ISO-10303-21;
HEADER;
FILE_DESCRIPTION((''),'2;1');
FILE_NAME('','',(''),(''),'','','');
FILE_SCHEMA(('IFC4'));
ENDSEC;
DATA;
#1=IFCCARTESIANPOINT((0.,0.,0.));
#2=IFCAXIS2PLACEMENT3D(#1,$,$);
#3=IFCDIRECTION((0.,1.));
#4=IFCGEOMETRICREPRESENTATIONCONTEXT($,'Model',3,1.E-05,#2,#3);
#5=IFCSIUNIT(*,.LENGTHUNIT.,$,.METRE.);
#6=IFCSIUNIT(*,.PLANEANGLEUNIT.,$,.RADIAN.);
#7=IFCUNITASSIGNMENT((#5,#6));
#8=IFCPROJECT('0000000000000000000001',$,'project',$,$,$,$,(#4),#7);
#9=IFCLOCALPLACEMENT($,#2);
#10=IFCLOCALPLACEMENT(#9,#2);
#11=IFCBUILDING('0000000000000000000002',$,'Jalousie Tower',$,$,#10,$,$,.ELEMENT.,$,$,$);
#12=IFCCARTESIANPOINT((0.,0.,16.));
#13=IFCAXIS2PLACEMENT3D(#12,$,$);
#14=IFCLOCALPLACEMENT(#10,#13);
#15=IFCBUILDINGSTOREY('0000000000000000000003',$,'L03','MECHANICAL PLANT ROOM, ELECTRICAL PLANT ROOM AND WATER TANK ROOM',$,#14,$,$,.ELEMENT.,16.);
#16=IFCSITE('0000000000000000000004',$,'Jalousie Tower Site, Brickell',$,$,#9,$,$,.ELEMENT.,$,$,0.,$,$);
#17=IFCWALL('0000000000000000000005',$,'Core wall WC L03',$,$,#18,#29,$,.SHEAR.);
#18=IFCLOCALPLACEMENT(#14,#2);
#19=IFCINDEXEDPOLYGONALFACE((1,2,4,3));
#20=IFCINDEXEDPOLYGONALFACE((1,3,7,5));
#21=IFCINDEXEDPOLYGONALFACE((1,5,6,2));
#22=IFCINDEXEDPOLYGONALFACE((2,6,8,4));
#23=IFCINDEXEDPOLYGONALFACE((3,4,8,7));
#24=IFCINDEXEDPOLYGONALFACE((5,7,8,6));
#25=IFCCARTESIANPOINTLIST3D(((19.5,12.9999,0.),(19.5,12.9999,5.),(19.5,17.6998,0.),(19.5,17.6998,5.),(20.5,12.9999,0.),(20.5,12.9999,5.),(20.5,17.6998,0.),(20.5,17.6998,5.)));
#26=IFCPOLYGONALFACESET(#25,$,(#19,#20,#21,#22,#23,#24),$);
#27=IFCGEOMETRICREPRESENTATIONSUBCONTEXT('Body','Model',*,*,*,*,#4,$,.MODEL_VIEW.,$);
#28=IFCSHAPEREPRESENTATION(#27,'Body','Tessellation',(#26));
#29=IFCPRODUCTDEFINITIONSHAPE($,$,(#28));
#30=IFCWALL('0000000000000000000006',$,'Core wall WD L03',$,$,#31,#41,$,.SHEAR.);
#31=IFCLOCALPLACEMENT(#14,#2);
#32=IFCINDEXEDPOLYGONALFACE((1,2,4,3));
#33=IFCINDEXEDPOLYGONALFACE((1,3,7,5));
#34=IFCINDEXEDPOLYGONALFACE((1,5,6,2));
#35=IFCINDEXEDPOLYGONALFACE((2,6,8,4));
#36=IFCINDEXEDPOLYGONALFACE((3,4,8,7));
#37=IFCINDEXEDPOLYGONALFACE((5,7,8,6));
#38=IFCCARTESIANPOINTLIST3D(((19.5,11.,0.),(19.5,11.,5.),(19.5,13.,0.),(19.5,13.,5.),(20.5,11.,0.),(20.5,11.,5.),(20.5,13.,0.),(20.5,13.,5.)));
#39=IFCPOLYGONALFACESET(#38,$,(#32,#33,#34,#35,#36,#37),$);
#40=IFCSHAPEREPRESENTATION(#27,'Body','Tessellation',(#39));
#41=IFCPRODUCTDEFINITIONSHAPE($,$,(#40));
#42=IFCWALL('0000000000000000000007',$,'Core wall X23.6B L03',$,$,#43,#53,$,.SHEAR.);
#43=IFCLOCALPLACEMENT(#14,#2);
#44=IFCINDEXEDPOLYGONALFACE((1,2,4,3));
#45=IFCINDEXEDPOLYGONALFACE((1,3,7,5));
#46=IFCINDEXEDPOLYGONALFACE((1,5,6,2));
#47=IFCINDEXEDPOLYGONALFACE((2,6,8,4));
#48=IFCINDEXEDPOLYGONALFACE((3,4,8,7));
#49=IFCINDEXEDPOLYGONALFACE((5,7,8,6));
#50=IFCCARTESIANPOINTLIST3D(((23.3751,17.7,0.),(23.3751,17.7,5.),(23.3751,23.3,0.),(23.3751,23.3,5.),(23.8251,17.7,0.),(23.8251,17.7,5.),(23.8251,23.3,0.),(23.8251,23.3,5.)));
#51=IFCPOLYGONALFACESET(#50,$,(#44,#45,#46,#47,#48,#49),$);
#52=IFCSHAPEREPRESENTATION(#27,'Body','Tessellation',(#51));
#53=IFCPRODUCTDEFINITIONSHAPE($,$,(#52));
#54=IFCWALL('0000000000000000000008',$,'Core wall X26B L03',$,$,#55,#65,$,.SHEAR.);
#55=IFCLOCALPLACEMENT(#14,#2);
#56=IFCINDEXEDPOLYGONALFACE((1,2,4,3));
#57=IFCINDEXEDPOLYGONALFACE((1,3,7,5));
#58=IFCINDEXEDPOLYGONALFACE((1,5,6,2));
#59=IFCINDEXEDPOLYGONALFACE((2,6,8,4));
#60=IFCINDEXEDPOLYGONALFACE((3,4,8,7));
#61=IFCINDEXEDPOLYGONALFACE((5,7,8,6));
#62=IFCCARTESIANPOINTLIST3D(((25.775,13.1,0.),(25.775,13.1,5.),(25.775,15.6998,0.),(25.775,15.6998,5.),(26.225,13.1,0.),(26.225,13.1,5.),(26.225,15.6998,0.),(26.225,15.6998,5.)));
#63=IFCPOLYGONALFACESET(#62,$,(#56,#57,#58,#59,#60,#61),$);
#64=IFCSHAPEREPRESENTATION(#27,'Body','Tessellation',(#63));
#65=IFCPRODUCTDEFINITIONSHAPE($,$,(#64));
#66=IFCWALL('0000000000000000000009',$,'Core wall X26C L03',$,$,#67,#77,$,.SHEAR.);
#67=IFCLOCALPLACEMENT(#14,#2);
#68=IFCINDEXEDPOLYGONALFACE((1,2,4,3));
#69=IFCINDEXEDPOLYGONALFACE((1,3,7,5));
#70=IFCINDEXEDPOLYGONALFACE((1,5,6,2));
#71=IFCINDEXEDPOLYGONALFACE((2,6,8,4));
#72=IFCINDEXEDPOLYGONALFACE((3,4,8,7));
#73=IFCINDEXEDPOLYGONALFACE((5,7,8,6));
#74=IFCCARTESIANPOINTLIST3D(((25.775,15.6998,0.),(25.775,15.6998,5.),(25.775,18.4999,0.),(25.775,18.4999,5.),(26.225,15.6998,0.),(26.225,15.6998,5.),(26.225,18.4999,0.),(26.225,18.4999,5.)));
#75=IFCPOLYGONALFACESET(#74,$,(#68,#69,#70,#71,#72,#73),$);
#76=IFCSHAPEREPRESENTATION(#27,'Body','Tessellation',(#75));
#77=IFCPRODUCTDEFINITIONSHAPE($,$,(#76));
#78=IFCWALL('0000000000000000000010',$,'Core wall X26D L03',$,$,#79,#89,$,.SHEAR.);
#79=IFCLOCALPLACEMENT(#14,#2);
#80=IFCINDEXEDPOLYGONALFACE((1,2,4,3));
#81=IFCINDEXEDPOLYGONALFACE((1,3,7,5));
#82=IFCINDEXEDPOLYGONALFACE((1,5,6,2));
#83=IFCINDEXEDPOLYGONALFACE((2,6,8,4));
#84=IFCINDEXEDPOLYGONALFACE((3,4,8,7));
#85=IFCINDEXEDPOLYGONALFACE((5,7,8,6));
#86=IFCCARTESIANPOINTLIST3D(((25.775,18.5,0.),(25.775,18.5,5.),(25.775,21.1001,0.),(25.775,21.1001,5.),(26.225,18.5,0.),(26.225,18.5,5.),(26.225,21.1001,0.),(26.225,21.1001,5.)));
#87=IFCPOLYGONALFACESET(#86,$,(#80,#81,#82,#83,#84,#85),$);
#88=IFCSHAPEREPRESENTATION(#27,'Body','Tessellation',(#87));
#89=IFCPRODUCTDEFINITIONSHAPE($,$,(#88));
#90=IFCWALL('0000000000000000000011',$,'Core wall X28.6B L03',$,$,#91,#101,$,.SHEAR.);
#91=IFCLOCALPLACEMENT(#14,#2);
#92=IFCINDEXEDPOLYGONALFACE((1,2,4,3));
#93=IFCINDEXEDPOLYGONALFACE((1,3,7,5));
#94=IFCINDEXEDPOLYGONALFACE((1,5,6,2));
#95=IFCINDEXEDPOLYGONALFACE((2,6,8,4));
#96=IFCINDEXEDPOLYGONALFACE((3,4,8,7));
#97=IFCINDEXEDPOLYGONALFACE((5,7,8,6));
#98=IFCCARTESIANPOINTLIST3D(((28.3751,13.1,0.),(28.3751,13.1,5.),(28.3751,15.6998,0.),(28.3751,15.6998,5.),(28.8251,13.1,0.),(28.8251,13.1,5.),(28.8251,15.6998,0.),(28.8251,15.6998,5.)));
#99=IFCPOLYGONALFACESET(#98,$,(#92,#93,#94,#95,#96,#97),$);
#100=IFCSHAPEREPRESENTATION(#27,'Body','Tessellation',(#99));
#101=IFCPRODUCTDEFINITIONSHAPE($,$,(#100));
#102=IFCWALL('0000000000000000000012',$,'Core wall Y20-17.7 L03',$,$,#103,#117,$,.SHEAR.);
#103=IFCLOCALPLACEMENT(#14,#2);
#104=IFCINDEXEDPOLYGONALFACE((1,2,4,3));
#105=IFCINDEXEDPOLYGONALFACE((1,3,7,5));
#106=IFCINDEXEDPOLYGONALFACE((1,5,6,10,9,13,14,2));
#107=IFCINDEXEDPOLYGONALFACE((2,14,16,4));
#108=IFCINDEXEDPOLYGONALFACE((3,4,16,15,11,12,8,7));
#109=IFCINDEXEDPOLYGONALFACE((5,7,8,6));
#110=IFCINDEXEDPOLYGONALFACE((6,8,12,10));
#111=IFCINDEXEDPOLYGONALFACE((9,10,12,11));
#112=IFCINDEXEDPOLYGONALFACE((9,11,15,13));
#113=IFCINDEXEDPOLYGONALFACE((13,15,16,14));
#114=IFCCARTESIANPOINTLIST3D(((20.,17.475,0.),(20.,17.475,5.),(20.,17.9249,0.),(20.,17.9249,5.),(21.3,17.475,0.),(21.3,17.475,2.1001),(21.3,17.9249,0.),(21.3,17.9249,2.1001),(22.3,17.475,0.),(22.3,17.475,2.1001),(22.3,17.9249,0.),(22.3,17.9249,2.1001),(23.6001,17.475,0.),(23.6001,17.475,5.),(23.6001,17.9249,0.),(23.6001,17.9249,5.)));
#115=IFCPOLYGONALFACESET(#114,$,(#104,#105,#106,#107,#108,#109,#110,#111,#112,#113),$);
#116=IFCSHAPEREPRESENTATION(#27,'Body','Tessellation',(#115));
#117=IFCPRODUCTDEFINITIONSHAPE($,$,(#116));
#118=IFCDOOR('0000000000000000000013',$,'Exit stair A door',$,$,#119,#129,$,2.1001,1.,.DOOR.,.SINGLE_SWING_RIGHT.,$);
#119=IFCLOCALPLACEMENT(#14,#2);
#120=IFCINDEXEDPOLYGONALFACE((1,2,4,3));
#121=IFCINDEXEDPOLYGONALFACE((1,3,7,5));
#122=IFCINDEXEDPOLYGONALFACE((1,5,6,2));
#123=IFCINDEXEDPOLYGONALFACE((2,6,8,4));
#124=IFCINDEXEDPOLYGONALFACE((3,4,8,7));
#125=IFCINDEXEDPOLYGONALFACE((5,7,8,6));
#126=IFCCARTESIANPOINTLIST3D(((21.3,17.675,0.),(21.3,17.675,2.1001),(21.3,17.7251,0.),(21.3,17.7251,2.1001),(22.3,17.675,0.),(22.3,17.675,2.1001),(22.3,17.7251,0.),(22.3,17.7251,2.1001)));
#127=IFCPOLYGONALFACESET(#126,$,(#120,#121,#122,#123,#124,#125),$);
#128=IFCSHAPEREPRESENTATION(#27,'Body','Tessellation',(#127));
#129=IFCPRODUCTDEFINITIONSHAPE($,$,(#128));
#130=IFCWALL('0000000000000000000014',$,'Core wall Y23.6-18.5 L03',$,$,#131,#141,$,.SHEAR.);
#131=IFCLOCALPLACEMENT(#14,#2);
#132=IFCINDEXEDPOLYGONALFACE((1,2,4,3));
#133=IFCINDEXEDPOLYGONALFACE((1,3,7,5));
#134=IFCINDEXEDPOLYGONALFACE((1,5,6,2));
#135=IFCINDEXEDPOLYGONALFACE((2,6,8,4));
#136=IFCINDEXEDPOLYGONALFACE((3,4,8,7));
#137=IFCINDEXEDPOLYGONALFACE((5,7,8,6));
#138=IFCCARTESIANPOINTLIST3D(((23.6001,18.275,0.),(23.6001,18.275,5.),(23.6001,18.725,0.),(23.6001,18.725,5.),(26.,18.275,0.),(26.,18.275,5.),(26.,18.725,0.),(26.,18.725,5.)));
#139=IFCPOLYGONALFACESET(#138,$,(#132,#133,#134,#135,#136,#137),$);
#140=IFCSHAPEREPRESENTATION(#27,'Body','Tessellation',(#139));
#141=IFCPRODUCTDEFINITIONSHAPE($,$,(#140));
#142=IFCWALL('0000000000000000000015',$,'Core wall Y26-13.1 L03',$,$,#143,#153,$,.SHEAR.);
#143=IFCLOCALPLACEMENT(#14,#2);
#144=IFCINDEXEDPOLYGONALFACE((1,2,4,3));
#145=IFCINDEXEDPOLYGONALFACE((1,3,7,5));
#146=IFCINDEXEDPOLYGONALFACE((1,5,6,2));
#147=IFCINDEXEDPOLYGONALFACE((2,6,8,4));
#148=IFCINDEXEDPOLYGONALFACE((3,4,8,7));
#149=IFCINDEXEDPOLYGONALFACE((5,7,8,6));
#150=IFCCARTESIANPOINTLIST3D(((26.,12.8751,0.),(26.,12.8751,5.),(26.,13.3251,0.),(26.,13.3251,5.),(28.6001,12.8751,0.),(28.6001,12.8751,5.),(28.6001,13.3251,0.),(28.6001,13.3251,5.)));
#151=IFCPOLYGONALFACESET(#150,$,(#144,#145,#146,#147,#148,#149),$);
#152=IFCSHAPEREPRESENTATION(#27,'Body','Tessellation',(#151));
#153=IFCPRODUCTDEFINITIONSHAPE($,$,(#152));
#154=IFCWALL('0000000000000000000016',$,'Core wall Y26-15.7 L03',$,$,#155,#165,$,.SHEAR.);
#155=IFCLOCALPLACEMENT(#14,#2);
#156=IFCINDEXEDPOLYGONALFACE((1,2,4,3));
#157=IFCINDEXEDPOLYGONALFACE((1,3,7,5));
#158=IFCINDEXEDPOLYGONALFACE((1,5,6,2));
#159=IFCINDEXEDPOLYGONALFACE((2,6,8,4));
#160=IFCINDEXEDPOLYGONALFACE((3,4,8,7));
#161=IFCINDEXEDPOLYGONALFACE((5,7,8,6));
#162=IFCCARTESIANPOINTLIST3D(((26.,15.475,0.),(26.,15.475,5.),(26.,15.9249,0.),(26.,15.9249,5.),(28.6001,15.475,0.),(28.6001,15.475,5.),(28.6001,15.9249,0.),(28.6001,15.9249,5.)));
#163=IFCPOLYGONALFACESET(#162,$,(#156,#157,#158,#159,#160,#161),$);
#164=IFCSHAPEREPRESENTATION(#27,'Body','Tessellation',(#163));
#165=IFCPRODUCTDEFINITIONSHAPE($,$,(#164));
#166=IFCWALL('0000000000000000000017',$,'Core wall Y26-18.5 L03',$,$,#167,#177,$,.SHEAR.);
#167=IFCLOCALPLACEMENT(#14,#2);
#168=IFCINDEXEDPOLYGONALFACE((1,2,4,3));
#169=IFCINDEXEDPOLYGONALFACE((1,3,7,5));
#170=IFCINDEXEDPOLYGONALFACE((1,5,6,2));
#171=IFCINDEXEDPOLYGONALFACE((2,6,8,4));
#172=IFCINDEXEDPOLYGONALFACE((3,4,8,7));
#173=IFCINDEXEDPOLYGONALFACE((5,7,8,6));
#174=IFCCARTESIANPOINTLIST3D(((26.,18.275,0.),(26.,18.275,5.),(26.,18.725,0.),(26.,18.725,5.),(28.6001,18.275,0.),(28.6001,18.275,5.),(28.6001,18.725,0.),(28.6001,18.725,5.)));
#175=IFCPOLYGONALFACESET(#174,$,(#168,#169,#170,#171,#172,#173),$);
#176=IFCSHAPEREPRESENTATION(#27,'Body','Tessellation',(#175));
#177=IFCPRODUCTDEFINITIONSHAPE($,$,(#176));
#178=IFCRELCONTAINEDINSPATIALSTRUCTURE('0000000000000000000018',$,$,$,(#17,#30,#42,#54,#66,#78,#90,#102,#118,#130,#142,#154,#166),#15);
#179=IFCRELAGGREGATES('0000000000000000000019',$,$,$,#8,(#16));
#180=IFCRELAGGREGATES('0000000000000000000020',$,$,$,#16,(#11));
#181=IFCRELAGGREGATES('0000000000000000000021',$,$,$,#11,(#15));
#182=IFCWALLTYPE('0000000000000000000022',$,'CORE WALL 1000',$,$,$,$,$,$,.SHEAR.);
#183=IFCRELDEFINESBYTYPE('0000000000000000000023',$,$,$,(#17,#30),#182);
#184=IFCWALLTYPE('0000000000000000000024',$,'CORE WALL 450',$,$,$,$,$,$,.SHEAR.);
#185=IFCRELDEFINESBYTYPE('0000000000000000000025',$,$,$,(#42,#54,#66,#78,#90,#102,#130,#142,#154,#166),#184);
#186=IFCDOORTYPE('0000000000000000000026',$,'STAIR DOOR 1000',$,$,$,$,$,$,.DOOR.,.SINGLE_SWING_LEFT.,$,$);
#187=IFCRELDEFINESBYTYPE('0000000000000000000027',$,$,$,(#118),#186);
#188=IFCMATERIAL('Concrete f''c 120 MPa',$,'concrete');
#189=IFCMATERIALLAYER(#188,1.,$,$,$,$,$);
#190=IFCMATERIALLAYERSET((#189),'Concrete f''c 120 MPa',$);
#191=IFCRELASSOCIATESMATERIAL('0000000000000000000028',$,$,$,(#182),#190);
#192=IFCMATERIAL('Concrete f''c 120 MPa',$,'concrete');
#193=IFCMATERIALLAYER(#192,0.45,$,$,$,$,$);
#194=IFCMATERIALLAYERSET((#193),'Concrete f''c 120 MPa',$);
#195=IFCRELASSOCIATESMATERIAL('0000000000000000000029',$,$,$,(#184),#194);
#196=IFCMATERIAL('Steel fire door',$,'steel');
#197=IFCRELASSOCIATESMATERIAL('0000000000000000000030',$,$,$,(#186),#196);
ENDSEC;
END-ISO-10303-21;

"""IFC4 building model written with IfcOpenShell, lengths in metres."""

from ifc_helpers import new_model, si_unit, direction, frame, frame_2d, origin, place, context, subcontext, project, spatial, rectangle, extrude, material, layer, layer_set, type_object, element, fill, save


model = new_model("IFC4")

# Units and contexts
model_context = context("Model", 3, precision=1e-05, world=origin(), true_north=direction((0.0, 1.0)))
body_context = subcontext(model_context, "Body", "Model", "MODEL_VIEW")
ifc_project = project(units=[si_unit("LENGTHUNIT", "METRE"), si_unit("PLANEANGLEUNIT", "RADIAN")], contexts=[model_context])

# Site, building, storey
site_placement = place(None, origin())
site = spatial("IfcSite", under=ifc_project, at=site_placement, Name="Jalousie Tower Site, Brickell", CompositionType="ELEMENT", RefElevation=0.0)
building_placement = place(site_placement, origin())
building = spatial("IfcBuilding", under=site, at=building_placement, Name="Jalousie Tower", CompositionType="ELEMENT")
storey_placement = place(building_placement, frame((0.0, 0.0, 16.0)))
storey = spatial("IfcBuildingStorey", under=building, at=storey_placement, Name="L03", Description="MECHANICAL PLANT ROOM, ELECTRICAL PLANT ROOM AND WATER TANK ROOM", CompositionType="ELEMENT", Elevation=16.0)

# Walls
ifc_material_1 = material(Name="Concrete f'c 120 MPa", Category="concrete")
ifc_layer_1 = layer(ifc_material_1, 1.0)
ifc_layer_set_1 = layer_set([ifc_layer_1], Name="Concrete f'c 120 MPa")
wall_type_1 = type_object("IfcWallType", Name="CORE WALL 1000", PredefinedType="SHEAR", material=ifc_layer_set_1)
wall_1_placement = place(storey_placement, frame((20.0, 17.7, 0.0), z_axis=(0.0, 0.0, 1.0), x_axis=(0.0, -1.0, 0.0)))
element("IfcWall", 1, at=wall_1_placement, inside=storey, type_object=wall_type_1, Name="Core wall WC L03", PredefinedType="SHEAR", context=body_context, shape_type="SweptSolid", body=[
    extrude(rectangle(XDim=4.7, YDim=1.0, at=frame_2d((2.3501, 0.0))), origin(), (0.0, 0.0, 1.0), 5.0),
])
wall_2_placement = place(storey_placement, frame((20.0, 13.0, 0.0), z_axis=(0.0, 0.0, 1.0), x_axis=(0.0, -1.0, 0.0)))
element("IfcWall", 2, at=wall_2_placement, inside=storey, type_object=wall_type_1, Name="Core wall WD L03", PredefinedType="SHEAR", context=body_context, shape_type="SweptSolid", body=[
    extrude(rectangle(XDim=2.0, YDim=1.0, at=frame_2d((1.0, 0.0))), origin(), (0.0, 0.0, 1.0), 5.0),
])
ifc_material_2 = material(Name="Concrete f'c 120 MPa", Category="concrete")
ifc_layer_2 = layer(ifc_material_2, 0.45)
ifc_layer_set_2 = layer_set([ifc_layer_2], Name="Concrete f'c 120 MPa")
wall_type_2 = type_object("IfcWallType", Name="CORE WALL 450", PredefinedType="SHEAR", material=ifc_layer_set_2)
wall_3_placement = place(storey_placement, frame((23.6001, 17.7, 0.0), z_axis=(0.0, 0.0, 1.0), x_axis=(0.0, 1.0, 0.0)))
element("IfcWall", 3, at=wall_3_placement, inside=storey, type_object=wall_type_2, Name="Core wall X23.6B L03", PredefinedType="SHEAR", context=body_context, shape_type="SweptSolid", body=[
    extrude(rectangle(XDim=5.6001, YDim=0.45, at=frame_2d((2.8, 0.0))), origin(), (0.0, 0.0, 1.0), 5.0),
])
wall_4_placement = place(storey_placement, frame((26.0, 13.1001, 0.0), z_axis=(0.0, 0.0, 1.0), x_axis=(0.0, 1.0, 0.0)))
element("IfcWall", 4, at=wall_4_placement, inside=storey, type_object=wall_type_2, Name="Core wall X26B L03", PredefinedType="SHEAR", context=body_context, shape_type="SweptSolid", body=[
    extrude(rectangle(XDim=2.5999, YDim=0.45, at=frame_2d((1.2998, 0.0))), origin(), (0.0, 0.0, 1.0), 5.0),
])
wall_5_placement = place(storey_placement, frame((26.0, 15.7, 0.0), z_axis=(0.0, 0.0, 1.0), x_axis=(0.0, 1.0, 0.0)))
element("IfcWall", 5, at=wall_5_placement, inside=storey, type_object=wall_type_2, Name="Core wall X26C L03", PredefinedType="SHEAR", context=body_context, shape_type="SweptSolid", body=[
    extrude(rectangle(XDim=2.8, YDim=0.45, at=frame_2d((1.3999, 0.0))), origin(), (0.0, 0.0, 1.0), 5.0),
])
wall_6_placement = place(storey_placement, frame((26.0, 18.5, 0.0), z_axis=(0.0, 0.0, 1.0), x_axis=(0.0, 1.0, 0.0)))
element("IfcWall", 6, at=wall_6_placement, inside=storey, type_object=wall_type_2, Name="Core wall X26D L03", PredefinedType="SHEAR", context=body_context, shape_type="SweptSolid", body=[
    extrude(rectangle(XDim=2.6001, YDim=0.45, at=frame_2d((1.3, 0.0))), origin(), (0.0, 0.0, 1.0), 5.0),
])
wall_7_placement = place(storey_placement, frame((28.6001, 13.1001, 0.0), z_axis=(0.0, 0.0, 1.0), x_axis=(0.0, 1.0, 0.0)))
element("IfcWall", 7, at=wall_7_placement, inside=storey, type_object=wall_type_2, Name="Core wall X28.6B L03", PredefinedType="SHEAR", context=body_context, shape_type="SweptSolid", body=[
    extrude(rectangle(XDim=2.5999, YDim=0.45, at=frame_2d((1.2998, 0.0))), origin(), (0.0, 0.0, 1.0), 5.0),
])

# Wall, opening, door
wall_8_placement = place(storey_placement, frame((20.0, 17.7, 0.0), z_axis=(0.0, 0.0, 1.0), x_axis=(1.0, 0.0, 0.0)))
wall_8 = element("IfcWall", 8, at=wall_8_placement, inside=storey, type_object=wall_type_2, Name="Core wall Y20-17.7 L03", PredefinedType="SHEAR", context=body_context, shape_type="SweptSolid", body=[
    extrude(rectangle(XDim=3.6001, YDim=0.45, at=frame_2d((1.8, 0.0))), origin(), (0.0, 0.0, 1.0), 5.0),
])
opening_placement = place(wall_8_placement, frame((1.3, 0.0, 0.0)))
opening = element("IfcOpeningElement", 9, at=opening_placement, cuts=wall_8, PredefinedType="OPENING", context=body_context, shape_type="SweptSolid", body=[
    extrude(rectangle(XDim=1.0, YDim=2.1001, at=frame_2d((0.5, 1.05))), frame((0.0, 0.2349, 0.0), z_axis=(0.0, -1.0, 0.0), x_axis=(1.0, 0.0, 0.0)), (0.0, 0.0, 1.0), 0.47),
])
ifc_material_3 = material(Name="Steel fire door", Category="steel")
door_type = type_object("IfcDoorType", Name="STAIR DOOR 1000", OperationType="SINGLE_SWING_LEFT", PredefinedType="DOOR", material=ifc_material_3)
door_placement = place(opening_placement, frame((1.0, 0.0, 0.0), z_axis=(0.0, 0.0, 1.0), x_axis=(-1.0, 0.0, 0.0)))
door = element("IfcDoor", 10, at=door_placement, inside=storey, type_object=door_type, Name="Exit stair A door", OperationType="SINGLE_SWING_RIGHT", OverallHeight=2.1001, OverallWidth=1.0, PredefinedType="DOOR", context=body_context, shape_type="SweptSolid", body=[
    extrude(rectangle(XDim=1.0, YDim=2.1001, at=frame_2d((0.5, 1.05))), frame((0.0, 0.0249, 0.0), z_axis=(0.0, -1.0, 0.0), x_axis=(1.0, 0.0, 0.0)), (0.0, 0.0, 1.0), 0.05),
])
fill(opening, door)

# Walls
wall_9_placement = place(storey_placement, frame((23.6001, 18.5, 0.0), z_axis=(0.0, 0.0, 1.0), x_axis=(1.0, 0.0, 0.0)))
element("IfcWall", 11, at=wall_9_placement, inside=storey, type_object=wall_type_2, Name="Core wall Y23.6-18.5 L03", PredefinedType="SHEAR", context=body_context, shape_type="SweptSolid", body=[
    extrude(rectangle(XDim=2.3999, YDim=0.45, at=frame_2d((1.2, 0.0))), origin(), (0.0, 0.0, 1.0), 5.0),
])
for number, where, z_axis, x_axis, name in (
    (12, (26.0, 13.1001, 0.0), (0.0, 0.0, 1.0), (1.0, 0.0, 0.0), "Core wall Y26-13.1 L03"),
    (13, (26.0, 15.7, 0.0), (0.0, 0.0, 1.0), (1.0, 0.0, 0.0), "Core wall Y26-15.7 L03"),
    (14, (26.0, 18.5, 0.0), (0.0, 0.0, 1.0), (1.0, 0.0, 0.0), "Core wall Y26-18.5 L03"),
):
    element("IfcWall", number, at=place(storey_placement, frame(where, z_axis=z_axis, x_axis=x_axis)), inside=storey, type_object=wall_type_2, Name=name, PredefinedType="SHEAR", context=body_context, shape_type="SweptSolid", body=[
        extrude(rectangle(XDim=2.6001, YDim=0.45, at=frame_2d((1.3, 0.0))), origin(), (0.0, 0.0, 1.0), 5.0),
    ])

save(model, "model.ifc")
